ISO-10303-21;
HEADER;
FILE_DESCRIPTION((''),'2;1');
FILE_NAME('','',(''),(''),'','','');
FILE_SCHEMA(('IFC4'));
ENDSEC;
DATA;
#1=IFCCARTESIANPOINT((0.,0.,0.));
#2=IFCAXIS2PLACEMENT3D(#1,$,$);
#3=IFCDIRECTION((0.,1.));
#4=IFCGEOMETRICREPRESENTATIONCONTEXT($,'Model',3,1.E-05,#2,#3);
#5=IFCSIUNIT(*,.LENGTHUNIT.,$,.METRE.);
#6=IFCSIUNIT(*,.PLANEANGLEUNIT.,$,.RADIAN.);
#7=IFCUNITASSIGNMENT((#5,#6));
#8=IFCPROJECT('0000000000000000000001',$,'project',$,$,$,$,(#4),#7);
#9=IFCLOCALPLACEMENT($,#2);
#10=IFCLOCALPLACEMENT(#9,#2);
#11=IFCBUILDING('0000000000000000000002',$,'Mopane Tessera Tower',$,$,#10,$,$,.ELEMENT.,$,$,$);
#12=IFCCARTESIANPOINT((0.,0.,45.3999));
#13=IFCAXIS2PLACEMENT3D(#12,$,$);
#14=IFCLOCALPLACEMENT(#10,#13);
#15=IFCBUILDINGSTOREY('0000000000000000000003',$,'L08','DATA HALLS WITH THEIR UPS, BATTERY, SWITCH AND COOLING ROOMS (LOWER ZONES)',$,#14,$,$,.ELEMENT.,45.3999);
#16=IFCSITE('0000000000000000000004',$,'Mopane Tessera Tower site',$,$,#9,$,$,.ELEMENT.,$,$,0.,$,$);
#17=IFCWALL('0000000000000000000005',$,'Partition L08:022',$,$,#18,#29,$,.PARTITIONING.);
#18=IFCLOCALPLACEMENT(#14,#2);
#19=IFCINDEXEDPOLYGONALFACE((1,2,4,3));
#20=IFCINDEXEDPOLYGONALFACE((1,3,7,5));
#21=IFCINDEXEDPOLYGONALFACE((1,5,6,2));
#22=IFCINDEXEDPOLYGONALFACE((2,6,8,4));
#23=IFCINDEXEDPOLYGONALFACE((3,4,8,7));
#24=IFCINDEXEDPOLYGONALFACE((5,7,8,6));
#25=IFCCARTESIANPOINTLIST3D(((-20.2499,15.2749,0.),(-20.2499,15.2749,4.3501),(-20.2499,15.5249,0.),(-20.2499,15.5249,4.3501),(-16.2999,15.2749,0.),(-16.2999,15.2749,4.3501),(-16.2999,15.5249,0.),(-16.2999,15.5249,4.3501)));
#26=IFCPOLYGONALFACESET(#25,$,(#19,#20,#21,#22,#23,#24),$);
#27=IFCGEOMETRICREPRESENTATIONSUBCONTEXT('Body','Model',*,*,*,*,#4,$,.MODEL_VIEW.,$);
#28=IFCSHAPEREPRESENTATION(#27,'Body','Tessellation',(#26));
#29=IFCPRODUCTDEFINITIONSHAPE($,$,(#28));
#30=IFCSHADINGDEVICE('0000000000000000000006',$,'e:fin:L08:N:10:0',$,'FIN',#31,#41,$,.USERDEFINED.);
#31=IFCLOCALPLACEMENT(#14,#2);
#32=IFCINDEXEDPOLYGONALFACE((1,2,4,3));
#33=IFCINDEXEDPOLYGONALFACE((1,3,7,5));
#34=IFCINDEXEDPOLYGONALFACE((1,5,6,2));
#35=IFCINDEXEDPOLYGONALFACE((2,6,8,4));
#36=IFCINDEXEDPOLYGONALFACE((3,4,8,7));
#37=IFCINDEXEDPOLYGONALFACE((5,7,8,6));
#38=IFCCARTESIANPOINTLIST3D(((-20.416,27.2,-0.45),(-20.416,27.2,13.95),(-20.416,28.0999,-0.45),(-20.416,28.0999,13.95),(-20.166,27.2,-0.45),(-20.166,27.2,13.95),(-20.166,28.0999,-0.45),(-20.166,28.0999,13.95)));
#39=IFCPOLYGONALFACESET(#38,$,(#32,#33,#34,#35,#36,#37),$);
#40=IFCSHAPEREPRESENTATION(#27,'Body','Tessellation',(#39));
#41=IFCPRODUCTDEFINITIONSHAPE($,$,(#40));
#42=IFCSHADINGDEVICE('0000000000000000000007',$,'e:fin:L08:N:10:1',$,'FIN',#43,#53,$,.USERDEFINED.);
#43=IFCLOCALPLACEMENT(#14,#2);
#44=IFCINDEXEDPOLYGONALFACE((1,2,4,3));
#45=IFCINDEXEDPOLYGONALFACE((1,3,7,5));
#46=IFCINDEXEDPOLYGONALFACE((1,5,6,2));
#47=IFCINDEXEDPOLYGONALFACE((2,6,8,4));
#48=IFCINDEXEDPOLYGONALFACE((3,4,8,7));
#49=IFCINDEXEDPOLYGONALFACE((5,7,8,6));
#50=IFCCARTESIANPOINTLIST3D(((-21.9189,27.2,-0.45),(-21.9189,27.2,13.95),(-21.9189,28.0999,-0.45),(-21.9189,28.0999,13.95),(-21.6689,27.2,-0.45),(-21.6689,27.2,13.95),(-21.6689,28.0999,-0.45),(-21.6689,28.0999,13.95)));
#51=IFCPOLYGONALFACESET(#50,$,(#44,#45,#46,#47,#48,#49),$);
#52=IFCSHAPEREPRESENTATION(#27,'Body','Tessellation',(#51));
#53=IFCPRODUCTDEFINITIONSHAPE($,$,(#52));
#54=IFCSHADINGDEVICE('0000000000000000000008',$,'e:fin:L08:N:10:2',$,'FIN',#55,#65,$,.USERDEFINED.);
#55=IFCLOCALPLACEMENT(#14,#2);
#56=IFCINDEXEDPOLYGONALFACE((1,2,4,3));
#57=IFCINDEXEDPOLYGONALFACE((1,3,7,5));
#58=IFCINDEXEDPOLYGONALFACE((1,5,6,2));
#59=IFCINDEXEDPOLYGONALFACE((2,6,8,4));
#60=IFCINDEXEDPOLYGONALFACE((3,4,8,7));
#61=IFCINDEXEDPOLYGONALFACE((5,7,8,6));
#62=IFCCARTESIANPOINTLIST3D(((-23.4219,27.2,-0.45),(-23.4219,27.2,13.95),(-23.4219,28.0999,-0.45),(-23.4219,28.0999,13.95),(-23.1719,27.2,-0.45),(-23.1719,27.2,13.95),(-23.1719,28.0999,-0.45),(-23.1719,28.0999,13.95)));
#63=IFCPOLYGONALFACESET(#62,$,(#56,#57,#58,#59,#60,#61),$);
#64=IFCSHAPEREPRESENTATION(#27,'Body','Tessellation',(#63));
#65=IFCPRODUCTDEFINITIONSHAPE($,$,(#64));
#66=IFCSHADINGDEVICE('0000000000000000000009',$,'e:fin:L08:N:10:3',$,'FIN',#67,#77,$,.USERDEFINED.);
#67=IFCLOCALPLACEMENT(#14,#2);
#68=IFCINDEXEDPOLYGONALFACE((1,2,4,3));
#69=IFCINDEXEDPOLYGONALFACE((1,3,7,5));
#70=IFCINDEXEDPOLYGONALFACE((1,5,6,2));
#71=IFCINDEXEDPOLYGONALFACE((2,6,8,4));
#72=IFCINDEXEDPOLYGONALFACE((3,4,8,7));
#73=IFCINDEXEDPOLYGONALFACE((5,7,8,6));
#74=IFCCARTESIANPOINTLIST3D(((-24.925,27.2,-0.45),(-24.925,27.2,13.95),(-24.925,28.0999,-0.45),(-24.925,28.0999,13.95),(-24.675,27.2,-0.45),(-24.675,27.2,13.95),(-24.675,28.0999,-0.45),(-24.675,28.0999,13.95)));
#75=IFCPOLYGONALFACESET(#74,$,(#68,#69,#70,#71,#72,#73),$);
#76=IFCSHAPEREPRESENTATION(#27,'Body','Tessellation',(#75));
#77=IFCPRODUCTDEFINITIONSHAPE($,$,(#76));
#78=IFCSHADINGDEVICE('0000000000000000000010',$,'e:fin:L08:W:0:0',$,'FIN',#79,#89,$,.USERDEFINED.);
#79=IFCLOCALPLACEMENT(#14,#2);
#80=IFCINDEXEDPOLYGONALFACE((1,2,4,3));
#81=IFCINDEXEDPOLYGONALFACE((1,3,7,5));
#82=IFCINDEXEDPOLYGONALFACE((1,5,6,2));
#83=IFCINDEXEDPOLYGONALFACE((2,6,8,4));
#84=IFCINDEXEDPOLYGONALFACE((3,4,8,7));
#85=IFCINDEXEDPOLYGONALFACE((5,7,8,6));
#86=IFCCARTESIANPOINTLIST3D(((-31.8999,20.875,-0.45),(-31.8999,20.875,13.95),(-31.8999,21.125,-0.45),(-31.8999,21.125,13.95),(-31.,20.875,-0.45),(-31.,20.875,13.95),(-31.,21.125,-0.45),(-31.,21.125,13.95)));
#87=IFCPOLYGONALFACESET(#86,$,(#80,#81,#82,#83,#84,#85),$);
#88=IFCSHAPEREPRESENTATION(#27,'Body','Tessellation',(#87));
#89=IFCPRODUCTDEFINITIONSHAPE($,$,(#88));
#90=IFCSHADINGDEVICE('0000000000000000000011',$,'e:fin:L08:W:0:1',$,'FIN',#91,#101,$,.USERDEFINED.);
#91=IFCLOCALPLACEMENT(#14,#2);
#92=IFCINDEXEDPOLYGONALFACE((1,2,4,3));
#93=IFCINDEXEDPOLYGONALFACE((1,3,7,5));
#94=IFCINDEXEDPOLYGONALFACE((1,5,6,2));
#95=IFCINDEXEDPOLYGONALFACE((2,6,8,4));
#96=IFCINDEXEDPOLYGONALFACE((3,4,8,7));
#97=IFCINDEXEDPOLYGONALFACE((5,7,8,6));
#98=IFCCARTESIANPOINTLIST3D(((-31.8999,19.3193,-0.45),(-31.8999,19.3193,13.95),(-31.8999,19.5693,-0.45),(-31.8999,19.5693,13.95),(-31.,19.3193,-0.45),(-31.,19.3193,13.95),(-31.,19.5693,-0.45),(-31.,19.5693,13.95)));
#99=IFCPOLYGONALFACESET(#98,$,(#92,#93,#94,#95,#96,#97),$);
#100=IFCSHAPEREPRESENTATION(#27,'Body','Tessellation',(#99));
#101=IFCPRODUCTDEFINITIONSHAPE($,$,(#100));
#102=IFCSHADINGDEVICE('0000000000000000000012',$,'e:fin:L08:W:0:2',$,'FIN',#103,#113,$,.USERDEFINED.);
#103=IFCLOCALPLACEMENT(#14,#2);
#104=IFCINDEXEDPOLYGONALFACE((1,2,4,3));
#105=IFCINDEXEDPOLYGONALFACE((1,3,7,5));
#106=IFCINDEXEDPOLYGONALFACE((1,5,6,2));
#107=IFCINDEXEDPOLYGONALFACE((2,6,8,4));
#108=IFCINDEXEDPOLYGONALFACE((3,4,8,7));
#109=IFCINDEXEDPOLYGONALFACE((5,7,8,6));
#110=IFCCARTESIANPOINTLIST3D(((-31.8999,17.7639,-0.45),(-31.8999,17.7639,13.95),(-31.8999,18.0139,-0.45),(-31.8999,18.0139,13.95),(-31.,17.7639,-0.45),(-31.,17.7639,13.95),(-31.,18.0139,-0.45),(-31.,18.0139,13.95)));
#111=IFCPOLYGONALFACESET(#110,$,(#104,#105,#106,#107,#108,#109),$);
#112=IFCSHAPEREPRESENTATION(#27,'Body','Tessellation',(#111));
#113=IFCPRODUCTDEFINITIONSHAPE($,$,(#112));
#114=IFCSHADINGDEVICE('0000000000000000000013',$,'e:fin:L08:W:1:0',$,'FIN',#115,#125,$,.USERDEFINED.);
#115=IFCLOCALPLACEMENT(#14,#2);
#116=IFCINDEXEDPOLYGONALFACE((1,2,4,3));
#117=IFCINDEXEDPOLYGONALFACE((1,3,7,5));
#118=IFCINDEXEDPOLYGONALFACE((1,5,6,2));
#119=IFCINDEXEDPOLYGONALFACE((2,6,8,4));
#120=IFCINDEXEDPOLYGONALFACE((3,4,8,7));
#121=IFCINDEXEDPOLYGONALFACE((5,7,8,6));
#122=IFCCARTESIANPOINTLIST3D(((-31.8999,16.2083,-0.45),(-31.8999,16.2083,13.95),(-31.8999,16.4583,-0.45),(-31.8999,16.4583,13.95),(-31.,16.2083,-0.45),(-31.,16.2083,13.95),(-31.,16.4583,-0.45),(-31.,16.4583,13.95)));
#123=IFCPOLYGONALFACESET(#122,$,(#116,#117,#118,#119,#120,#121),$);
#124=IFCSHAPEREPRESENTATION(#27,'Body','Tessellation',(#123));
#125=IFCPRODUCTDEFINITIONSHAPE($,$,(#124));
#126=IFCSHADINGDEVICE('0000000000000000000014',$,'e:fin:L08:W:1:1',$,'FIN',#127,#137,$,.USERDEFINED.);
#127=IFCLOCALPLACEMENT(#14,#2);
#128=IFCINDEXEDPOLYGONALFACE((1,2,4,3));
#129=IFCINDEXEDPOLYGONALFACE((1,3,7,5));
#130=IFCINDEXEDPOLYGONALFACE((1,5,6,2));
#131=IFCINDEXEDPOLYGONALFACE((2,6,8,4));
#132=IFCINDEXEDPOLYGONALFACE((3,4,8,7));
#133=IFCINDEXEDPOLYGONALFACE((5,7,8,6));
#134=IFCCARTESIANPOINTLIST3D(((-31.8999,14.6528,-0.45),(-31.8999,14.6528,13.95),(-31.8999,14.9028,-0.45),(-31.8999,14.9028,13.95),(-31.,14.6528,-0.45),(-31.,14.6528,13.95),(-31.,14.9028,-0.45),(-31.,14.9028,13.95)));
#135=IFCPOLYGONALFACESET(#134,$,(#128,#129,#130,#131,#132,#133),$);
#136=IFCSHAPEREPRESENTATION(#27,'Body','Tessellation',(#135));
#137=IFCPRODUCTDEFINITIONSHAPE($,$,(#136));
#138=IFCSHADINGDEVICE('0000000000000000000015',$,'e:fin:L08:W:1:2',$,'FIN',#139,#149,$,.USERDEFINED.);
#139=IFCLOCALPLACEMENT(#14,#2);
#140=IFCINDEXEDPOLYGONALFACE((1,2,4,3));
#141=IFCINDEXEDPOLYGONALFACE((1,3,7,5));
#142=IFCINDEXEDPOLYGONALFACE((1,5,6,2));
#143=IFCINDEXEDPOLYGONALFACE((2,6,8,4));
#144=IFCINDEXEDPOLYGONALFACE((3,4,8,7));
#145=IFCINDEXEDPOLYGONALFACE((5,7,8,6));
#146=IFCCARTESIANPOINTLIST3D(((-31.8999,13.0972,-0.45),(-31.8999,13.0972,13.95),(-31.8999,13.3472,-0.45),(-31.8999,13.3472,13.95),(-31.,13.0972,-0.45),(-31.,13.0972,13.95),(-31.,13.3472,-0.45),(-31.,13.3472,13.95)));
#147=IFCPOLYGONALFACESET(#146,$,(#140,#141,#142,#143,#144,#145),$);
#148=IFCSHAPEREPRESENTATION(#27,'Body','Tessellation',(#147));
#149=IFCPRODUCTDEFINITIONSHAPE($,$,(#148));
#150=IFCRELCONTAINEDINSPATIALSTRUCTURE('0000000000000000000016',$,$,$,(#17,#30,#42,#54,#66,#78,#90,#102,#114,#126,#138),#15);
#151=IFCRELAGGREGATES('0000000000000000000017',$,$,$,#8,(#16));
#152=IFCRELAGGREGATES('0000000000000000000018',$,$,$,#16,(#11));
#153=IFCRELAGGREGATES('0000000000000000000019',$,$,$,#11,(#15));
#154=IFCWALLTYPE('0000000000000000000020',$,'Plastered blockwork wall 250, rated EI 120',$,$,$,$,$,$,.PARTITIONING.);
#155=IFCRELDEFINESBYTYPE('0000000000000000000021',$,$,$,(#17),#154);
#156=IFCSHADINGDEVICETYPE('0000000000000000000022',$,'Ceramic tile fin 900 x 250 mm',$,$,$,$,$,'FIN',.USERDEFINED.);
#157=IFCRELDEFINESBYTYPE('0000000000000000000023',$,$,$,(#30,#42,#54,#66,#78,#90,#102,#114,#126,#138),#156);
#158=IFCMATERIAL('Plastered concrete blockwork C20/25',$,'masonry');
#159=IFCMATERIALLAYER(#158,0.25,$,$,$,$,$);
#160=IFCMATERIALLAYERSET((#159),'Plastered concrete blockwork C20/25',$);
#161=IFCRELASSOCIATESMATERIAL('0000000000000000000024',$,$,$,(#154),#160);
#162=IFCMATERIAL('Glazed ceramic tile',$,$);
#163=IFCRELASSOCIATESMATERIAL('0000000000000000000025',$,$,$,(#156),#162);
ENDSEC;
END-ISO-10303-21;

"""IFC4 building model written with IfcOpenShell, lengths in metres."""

from ifc_helpers import new_model, si_unit, direction, frame, frame_2d, origin, origin_2d, place, context, subcontext, project, spatial, rectangle, extrude, material, layer, layer_set, type_object, element, save


model = new_model("IFC4")

# Units and contexts
model_context = context("Model", 3, precision=1e-05, world=origin(), true_north=direction((0.0, 1.0)))
body_context = subcontext(model_context, "Body", "Model", "MODEL_VIEW")
ifc_project = project(units=[si_unit("LENGTHUNIT", "METRE"), si_unit("PLANEANGLEUNIT", "RADIAN")], contexts=[model_context])

# Site, building, storey
site_placement = place(None, origin())
site = spatial("IfcSite", under=ifc_project, at=site_placement, Name="Mopane Tessera Tower site", CompositionType="ELEMENT", RefElevation=0.0)
building_placement = place(site_placement, origin())
building = spatial("IfcBuilding", under=site, at=building_placement, Name="Mopane Tessera Tower", CompositionType="ELEMENT")
storey_placement = place(building_placement, frame((0.0, 0.0, 45.3999)))
storey = spatial("IfcBuildingStorey", under=building, at=storey_placement, Name="L08", Description="DATA HALLS WITH THEIR UPS, BATTERY, SWITCH AND COOLING ROOMS (LOWER ZONES)", CompositionType="ELEMENT", Elevation=45.3999)

# Wall
ifc_material_1 = material(Name="Plastered concrete blockwork C20/25", Category="masonry")
ifc_layer_1 = layer(ifc_material_1, 0.25)
ifc_layer_set_1 = layer_set([ifc_layer_1], Name="Plastered concrete blockwork C20/25")
wall_type_1 = type_object("IfcWallType", Name="Plastered blockwork wall 250, rated EI 120", PredefinedType="PARTITIONING", material=ifc_layer_set_1)
wall_1_placement = place(storey_placement, frame((-20.25, 15.3999, 0.0), z_axis=(0.0, 0.0, 1.0), x_axis=(1.0, 0.0, 0.0)))
element("IfcWall", 1, at=wall_1_placement, inside=storey, type_object=wall_type_1, Name="Partition L08:022", PredefinedType="PARTITIONING", context=body_context, shape_type="SweptSolid", body=[
    extrude(rectangle(XDim=3.95, YDim=0.25, at=frame_2d((1.9751, 0.0))), origin(), (0.0, 0.0, 1.0), 4.3501),
])

# Shading devices
ifc_material_2 = material(Name="Glazed ceramic tile")
shading_device_type = type_object("IfcShadingDeviceType", Name="Ceramic tile fin 900 x 250 mm", ElementType="FIN", PredefinedType="USERDEFINED", material=ifc_material_2)
for number, where, z_axis, x_axis, name in (
    (2, (-20.291, 27.6499, -0.45), (0.0, 0.0, 1.0), (-1.0, 0.0, 0.0), "e:fin:L08:N:10:0"),
    (3, (-21.7939, 27.6499, -0.45), (0.0, 0.0, 1.0), (-1.0, 0.0, 0.0), "e:fin:L08:N:10:1"),
    (4, (-23.2969, 27.6499, -0.45), (0.0, 0.0, 1.0), (-1.0, 0.0, 0.0), "e:fin:L08:N:10:2"),
    (5, (-24.8, 27.6499, -0.45), (0.0, 0.0, 1.0), (-1.0, 0.0, 0.0), "e:fin:L08:N:10:3"),
    (6, (-31.45, 21.0, -0.45), (0.0, 0.0, 1.0), (0.0, -1.0, 0.0), "e:fin:L08:W:0:0"),
    (7, (-31.45, 19.4443, -0.45), (0.0, 0.0, 1.0), (0.0, -1.0, 0.0), "e:fin:L08:W:0:1"),
    (8, (-31.45, 17.8889, -0.45), (0.0, 0.0, 1.0), (0.0, -1.0, 0.0), "e:fin:L08:W:0:2"),
    (9, (-31.45, 16.3333, -0.45), (0.0, 0.0, 1.0), (0.0, -1.0, 0.0), "e:fin:L08:W:1:0"),
    (10, (-31.45, 14.7778, -0.45), (0.0, 0.0, 1.0), (0.0, -1.0, 0.0), "e:fin:L08:W:1:1"),
    (11, (-31.45, 13.2222, -0.45), (0.0, 0.0, 1.0), (0.0, -1.0, 0.0), "e:fin:L08:W:1:2"),
):
    element("IfcShadingDevice", number, at=place(storey_placement, frame(where, z_axis=z_axis, x_axis=x_axis)), inside=storey, type_object=shading_device_type, Name=name, ObjectType="FIN", PredefinedType="USERDEFINED", context=body_context, shape_type="SweptSolid", body=[
        extrude(rectangle(XDim=0.25, YDim=0.8999, at=origin_2d()), origin(), (0.0, 0.0, 1.0), 14.3999),
    ])

save(model, "model.ifc")
